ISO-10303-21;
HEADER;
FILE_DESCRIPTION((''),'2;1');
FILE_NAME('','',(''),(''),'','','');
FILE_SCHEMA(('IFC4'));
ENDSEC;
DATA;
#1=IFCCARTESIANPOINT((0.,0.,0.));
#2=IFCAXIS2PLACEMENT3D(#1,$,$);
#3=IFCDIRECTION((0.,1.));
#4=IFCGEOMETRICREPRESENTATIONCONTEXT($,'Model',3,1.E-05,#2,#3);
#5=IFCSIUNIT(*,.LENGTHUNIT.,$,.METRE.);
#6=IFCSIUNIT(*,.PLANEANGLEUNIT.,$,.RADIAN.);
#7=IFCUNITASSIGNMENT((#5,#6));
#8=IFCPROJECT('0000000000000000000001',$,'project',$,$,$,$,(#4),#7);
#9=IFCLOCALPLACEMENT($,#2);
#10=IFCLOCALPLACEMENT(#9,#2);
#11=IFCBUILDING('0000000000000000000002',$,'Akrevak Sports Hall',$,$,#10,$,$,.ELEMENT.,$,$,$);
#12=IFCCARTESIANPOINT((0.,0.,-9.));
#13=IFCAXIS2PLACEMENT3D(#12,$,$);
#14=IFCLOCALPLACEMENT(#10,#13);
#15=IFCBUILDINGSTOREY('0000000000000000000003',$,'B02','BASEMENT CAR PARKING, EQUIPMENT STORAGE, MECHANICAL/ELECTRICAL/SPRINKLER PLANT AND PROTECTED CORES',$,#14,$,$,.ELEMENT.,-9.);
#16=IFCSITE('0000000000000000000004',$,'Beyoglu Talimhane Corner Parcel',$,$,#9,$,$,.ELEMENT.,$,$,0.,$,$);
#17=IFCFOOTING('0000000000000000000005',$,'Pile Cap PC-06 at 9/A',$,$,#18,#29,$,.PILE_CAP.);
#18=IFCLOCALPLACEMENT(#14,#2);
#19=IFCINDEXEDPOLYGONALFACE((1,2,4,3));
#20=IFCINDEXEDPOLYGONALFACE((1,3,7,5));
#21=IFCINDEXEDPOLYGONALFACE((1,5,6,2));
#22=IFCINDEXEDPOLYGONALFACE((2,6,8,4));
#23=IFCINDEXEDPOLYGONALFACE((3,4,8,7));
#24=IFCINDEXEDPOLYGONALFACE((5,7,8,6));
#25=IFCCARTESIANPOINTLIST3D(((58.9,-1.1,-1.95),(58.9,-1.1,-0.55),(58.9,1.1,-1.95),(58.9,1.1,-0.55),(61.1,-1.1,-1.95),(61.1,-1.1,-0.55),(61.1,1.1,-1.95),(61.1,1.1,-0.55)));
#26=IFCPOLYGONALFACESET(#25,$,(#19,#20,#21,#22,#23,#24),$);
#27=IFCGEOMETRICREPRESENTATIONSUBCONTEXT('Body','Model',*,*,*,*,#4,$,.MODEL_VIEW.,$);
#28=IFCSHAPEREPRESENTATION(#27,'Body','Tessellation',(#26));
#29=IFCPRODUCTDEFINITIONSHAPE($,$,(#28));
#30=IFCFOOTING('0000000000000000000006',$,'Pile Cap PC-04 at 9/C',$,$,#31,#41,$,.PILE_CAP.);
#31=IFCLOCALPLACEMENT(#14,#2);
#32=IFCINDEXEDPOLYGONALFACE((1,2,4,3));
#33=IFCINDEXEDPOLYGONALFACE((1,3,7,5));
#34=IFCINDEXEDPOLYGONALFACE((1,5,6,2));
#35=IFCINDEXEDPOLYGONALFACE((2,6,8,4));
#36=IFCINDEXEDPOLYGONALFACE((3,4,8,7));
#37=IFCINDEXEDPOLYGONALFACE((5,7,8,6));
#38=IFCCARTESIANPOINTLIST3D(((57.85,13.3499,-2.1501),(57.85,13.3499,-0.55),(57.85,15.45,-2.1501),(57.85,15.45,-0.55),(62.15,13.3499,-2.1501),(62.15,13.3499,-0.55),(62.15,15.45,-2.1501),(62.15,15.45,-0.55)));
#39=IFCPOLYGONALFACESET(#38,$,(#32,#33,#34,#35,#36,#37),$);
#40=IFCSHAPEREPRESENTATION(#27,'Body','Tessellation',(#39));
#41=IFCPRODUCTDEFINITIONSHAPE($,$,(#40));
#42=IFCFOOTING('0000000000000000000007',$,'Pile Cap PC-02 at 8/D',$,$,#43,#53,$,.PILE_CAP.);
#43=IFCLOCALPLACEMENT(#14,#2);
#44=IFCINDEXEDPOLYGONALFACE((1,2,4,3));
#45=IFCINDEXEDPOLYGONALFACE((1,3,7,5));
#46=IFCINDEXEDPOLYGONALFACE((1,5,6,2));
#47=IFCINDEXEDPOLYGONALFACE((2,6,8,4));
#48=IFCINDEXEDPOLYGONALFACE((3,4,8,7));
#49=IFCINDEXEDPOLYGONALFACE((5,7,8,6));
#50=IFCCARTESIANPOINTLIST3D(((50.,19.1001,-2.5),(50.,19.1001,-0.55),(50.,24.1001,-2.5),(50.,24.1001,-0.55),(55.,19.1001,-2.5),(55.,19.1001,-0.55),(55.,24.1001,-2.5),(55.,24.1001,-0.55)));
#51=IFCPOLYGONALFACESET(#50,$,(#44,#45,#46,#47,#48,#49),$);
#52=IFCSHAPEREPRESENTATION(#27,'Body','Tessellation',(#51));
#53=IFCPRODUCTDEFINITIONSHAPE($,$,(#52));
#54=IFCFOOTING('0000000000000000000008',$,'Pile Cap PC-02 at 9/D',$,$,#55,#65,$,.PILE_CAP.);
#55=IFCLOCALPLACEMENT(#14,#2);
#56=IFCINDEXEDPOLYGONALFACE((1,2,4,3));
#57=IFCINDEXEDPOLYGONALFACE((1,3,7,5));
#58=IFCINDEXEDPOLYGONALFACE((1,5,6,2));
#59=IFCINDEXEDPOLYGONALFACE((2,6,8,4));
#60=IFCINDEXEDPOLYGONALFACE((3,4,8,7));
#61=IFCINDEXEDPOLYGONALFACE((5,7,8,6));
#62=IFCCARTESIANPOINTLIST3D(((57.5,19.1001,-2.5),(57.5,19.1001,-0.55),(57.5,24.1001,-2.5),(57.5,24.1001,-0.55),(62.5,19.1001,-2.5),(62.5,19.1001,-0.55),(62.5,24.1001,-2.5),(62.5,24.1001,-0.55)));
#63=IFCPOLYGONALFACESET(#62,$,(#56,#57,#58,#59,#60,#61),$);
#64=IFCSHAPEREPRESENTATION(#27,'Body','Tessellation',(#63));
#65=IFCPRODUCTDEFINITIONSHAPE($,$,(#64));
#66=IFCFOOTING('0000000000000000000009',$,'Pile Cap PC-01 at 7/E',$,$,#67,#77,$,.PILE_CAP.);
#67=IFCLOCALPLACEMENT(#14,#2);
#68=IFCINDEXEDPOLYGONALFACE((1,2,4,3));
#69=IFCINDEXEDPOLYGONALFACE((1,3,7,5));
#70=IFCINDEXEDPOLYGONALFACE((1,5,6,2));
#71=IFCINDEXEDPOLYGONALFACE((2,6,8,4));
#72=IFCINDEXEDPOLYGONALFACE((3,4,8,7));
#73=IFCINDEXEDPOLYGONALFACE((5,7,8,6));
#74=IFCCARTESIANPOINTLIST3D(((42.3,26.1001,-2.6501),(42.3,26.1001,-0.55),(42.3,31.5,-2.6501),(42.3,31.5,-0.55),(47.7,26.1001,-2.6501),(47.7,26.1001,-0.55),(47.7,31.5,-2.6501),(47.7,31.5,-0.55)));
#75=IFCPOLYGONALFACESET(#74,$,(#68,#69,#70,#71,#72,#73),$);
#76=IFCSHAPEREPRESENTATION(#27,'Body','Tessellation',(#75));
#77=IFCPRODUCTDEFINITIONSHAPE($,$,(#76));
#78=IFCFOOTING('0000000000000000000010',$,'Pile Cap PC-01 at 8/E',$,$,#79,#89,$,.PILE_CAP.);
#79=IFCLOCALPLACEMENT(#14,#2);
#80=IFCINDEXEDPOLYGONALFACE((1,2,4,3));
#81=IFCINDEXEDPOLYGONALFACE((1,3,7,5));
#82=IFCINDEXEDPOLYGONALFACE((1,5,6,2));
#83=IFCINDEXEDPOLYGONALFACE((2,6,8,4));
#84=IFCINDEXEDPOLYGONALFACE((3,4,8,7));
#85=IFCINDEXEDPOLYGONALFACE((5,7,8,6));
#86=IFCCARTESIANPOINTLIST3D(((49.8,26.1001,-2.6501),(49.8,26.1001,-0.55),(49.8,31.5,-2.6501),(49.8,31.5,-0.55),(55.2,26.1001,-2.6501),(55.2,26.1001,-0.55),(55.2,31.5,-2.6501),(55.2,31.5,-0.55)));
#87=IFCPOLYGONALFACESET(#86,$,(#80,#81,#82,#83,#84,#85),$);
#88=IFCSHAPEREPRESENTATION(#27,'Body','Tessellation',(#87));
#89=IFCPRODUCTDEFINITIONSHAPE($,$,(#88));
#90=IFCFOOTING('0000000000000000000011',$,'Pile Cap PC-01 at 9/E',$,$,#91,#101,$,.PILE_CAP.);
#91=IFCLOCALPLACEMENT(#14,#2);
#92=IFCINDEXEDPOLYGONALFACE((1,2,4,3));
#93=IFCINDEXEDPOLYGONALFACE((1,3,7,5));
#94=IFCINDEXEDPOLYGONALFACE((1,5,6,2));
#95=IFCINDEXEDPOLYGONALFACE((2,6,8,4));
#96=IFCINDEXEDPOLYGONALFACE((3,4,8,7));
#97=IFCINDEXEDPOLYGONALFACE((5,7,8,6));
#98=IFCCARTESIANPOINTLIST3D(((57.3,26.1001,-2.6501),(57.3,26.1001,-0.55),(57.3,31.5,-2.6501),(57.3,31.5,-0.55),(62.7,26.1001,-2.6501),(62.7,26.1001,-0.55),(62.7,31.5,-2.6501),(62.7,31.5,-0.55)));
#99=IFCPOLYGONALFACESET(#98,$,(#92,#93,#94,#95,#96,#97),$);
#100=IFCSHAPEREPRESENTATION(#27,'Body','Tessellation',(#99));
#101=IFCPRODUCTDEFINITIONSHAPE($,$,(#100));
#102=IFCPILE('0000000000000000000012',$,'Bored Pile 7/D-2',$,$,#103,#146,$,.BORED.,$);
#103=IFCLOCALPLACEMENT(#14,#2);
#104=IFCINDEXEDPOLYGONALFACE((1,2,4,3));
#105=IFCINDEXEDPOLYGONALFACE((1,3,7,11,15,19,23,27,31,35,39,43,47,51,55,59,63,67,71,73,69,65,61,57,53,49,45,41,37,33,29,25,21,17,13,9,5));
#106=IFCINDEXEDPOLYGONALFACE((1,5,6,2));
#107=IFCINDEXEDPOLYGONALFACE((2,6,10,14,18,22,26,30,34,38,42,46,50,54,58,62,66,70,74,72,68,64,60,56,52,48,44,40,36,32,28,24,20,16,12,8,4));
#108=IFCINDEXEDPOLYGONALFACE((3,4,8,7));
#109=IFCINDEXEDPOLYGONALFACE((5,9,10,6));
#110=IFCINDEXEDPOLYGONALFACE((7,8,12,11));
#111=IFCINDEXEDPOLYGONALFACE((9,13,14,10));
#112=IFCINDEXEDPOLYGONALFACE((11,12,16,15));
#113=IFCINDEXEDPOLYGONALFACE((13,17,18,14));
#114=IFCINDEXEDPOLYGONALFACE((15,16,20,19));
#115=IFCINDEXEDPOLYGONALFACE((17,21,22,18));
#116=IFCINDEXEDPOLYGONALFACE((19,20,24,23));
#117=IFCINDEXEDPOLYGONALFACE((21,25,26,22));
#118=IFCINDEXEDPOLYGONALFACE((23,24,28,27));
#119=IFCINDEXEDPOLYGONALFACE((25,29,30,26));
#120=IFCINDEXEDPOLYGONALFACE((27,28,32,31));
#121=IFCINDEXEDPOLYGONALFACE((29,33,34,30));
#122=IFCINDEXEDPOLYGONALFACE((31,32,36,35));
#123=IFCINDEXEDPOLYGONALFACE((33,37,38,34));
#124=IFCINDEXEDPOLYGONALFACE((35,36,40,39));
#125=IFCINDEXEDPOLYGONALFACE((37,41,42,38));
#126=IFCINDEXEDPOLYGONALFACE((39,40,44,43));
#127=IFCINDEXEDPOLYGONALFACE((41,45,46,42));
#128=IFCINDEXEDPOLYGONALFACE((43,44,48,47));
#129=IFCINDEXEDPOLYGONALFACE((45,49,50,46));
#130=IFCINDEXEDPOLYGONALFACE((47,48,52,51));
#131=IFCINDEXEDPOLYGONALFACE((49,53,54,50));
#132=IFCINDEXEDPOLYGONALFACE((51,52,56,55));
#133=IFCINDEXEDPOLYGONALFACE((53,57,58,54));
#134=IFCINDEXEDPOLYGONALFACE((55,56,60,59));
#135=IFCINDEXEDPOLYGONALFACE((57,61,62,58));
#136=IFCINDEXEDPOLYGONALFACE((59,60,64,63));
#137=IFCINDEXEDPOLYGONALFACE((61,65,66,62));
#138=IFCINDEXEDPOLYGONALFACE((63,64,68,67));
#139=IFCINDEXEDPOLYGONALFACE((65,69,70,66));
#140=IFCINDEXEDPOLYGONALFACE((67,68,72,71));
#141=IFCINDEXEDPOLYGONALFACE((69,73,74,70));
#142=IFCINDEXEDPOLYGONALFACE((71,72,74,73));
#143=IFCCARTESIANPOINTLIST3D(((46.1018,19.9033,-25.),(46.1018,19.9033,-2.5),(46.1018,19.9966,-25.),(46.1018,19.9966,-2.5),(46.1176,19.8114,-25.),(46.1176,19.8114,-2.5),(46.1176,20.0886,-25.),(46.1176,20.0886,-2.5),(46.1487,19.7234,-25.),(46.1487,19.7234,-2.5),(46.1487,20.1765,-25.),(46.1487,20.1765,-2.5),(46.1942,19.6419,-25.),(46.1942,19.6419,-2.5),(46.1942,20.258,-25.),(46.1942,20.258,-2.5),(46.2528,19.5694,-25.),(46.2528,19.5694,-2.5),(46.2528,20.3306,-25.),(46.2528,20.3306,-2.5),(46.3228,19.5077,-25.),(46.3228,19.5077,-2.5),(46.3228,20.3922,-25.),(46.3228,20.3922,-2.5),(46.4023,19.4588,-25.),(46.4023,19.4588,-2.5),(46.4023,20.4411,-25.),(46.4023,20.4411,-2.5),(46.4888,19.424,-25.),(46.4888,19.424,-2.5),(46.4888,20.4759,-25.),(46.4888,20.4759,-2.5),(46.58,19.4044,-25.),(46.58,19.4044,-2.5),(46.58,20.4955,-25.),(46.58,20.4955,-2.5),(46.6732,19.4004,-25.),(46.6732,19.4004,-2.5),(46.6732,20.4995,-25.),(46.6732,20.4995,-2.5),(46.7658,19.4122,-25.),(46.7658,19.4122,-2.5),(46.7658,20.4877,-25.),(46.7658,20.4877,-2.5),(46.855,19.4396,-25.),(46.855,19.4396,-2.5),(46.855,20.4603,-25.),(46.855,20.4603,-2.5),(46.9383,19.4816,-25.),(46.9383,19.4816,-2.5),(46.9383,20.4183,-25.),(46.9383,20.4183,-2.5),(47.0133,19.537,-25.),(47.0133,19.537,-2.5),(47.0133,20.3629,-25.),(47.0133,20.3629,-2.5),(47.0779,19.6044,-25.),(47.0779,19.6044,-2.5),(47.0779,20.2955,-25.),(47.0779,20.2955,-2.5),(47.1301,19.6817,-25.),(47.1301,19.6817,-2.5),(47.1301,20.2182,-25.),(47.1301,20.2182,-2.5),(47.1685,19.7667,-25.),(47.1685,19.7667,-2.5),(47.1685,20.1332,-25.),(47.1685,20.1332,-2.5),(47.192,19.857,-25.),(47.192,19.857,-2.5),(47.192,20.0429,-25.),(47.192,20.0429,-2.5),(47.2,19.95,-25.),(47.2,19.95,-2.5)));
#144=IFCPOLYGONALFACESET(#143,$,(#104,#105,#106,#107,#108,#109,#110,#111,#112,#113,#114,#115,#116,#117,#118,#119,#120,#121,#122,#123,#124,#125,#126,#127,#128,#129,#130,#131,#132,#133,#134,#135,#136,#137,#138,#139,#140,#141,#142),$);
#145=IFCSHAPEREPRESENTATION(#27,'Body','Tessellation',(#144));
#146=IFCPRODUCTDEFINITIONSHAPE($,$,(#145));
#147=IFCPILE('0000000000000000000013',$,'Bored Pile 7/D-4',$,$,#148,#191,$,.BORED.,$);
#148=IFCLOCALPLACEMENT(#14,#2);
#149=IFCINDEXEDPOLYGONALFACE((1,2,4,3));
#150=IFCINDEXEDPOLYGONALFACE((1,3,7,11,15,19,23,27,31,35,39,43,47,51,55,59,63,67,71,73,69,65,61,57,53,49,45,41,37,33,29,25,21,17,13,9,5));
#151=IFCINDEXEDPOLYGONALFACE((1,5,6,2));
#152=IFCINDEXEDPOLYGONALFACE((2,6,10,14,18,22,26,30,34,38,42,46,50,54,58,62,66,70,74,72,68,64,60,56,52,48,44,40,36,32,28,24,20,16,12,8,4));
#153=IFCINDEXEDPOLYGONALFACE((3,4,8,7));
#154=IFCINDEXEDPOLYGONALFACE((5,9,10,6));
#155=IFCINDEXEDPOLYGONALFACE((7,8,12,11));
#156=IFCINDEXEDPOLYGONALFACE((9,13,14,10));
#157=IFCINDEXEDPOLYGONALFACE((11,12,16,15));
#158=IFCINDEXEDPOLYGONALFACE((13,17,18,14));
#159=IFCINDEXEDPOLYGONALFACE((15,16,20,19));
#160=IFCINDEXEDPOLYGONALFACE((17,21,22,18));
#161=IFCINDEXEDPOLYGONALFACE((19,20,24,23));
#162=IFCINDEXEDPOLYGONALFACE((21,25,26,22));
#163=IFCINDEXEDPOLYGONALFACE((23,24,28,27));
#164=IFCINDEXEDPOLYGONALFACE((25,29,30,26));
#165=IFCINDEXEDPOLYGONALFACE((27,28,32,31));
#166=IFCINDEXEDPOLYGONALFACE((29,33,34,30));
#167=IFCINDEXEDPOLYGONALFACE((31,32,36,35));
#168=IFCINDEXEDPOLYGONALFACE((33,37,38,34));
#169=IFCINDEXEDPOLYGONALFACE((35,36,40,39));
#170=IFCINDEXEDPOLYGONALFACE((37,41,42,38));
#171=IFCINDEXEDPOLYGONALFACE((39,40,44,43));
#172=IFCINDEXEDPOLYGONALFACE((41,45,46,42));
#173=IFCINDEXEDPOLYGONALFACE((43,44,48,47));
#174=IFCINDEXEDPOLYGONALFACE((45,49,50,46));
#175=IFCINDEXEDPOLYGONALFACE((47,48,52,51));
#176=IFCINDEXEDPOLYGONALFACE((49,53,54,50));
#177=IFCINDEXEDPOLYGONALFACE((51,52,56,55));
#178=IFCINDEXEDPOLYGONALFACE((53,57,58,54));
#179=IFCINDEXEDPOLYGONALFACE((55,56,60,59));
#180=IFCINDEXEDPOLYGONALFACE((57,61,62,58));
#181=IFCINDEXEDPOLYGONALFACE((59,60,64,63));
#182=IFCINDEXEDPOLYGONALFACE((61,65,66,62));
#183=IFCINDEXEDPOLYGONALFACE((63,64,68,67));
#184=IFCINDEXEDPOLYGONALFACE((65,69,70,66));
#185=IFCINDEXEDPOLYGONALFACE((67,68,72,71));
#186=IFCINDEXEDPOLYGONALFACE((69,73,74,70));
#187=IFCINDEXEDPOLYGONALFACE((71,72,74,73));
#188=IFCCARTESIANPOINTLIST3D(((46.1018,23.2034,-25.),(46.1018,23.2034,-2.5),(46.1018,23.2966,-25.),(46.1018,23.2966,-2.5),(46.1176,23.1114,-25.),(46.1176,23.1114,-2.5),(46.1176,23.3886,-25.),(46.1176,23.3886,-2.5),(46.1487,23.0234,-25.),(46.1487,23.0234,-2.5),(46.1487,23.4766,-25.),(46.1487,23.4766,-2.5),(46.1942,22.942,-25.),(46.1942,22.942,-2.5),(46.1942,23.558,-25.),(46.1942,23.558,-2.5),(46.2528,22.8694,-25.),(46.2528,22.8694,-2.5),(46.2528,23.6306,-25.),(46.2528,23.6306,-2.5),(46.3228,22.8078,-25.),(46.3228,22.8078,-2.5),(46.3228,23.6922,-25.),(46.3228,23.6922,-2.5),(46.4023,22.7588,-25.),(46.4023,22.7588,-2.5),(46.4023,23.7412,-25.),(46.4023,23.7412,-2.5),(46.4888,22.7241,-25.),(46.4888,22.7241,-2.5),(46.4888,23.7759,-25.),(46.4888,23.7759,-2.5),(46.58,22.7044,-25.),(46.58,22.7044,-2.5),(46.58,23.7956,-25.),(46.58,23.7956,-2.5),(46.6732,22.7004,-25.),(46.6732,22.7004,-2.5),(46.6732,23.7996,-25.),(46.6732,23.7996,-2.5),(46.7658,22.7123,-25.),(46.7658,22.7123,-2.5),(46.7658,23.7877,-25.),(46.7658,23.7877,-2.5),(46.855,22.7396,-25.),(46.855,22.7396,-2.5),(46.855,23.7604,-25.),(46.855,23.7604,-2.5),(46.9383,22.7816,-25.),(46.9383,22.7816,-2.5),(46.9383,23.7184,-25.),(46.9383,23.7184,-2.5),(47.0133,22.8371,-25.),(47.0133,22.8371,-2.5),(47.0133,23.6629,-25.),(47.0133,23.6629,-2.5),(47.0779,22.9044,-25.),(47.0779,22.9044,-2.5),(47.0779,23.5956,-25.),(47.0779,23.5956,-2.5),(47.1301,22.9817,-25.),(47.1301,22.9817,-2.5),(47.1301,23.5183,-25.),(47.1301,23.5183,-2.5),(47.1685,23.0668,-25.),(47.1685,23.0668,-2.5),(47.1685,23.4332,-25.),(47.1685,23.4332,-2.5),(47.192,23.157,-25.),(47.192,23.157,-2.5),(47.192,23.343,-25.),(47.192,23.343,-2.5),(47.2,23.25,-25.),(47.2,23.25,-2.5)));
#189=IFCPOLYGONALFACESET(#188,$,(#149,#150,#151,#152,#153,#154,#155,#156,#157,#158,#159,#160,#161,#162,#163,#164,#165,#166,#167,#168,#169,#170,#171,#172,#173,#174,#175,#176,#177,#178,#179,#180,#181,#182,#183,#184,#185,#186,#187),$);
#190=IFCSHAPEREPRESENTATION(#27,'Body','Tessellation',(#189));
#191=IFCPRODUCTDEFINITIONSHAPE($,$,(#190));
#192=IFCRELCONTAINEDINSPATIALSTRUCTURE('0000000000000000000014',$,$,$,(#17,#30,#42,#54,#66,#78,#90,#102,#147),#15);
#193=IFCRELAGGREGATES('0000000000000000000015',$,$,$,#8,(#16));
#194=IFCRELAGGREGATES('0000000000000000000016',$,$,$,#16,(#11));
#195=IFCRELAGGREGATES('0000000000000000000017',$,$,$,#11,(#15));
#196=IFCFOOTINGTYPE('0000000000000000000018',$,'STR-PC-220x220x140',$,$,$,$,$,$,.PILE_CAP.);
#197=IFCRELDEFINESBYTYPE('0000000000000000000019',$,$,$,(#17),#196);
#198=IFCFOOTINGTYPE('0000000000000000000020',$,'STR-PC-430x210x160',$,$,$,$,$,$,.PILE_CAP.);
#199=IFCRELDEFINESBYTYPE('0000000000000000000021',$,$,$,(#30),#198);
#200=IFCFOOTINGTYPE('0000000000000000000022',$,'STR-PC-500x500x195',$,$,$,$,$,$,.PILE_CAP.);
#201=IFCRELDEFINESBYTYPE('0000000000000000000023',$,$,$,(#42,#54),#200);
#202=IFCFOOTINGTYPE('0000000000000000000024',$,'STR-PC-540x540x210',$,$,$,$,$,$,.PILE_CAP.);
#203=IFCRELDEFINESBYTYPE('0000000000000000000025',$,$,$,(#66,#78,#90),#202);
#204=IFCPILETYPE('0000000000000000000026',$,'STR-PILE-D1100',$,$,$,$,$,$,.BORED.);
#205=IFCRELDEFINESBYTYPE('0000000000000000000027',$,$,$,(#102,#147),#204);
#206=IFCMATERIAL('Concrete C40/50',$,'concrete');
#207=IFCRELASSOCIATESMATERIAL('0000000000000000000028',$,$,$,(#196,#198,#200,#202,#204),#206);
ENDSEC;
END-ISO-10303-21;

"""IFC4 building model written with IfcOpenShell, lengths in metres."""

from ifc_helpers import new_model, si_unit, direction, frame, origin, origin_2d, place, context, subcontext, project, spatial, rectangle, circle, extrude, material, material_profile, profile_set, type_object, element, save


model = new_model("IFC4")

# Units and contexts
model_context = context("Model", 3, precision=1e-05, world=origin(), true_north=direction((0.0, 1.0)))
body_context = subcontext(model_context, "Body", "Model", "MODEL_VIEW")
ifc_project = project(units=[si_unit("LENGTHUNIT", "METRE"), si_unit("PLANEANGLEUNIT", "RADIAN")], contexts=[model_context])

# Site, building, storey
site_placement = place(None, origin())
site = spatial("IfcSite", under=ifc_project, at=site_placement, Name="Beyoglu Talimhane Corner Parcel", CompositionType="ELEMENT", RefElevation=0.0)
building_placement = place(site_placement, origin())
building = spatial("IfcBuilding", under=site, at=building_placement, Name="Akrevak Sports Hall", CompositionType="ELEMENT")
storey_placement = place(building_placement, frame((0.0, 0.0, -9.0)))
storey = spatial("IfcBuildingStorey", under=building, at=storey_placement, Name="B02", Description="BASEMENT CAR PARKING, EQUIPMENT STORAGE, MECHANICAL/ELECTRICAL/SPRINKLER PLANT AND PROTECTED CORES", CompositionType="ELEMENT", Elevation=-9.0)

# Footings
ifc_material_1 = material(Name="Concrete C40/50", Category="concrete")
footing_type_1 = type_object("IfcFootingType", Name="STR-PC-220x220x140", PredefinedType="PILE_CAP", material=ifc_material_1)
footing_1_placement = place(storey_placement, frame((60.0, 0.0, -1.95), z_axis=(0.0, 0.0, 1.0), x_axis=(1.0, 0.0, 0.0)))
element("IfcFooting", 1, at=footing_1_placement, inside=storey, type_object=footing_type_1, Name="Pile Cap PC-06 at 9/A", PredefinedType="PILE_CAP", context=body_context, shape_type="SweptSolid", body=[
    extrude(rectangle(XDim=2.2, YDim=2.2, at=origin_2d()), origin(), (0.0, 0.0, 1.0), 1.3999),
])
footing_type_2 = type_object("IfcFootingType", Name="STR-PC-430x210x160", PredefinedType="PILE_CAP", material=ifc_material_1)
footing_2_placement = place(storey_placement, frame((60.0, 14.3999, -2.1501), z_axis=(0.0, 0.0, 1.0), x_axis=(1.0, 0.0, 0.0)))
element("IfcFooting", 2, at=footing_2_placement, inside=storey, type_object=footing_type_2, Name="Pile Cap PC-04 at 9/C", PredefinedType="PILE_CAP", context=body_context, shape_type="SweptSolid", body=[
    extrude(rectangle(XDim=4.3, YDim=2.1001, at=origin_2d()), origin(), (0.0, 0.0, 1.0), 1.6001),
])
footing_type_3 = type_object("IfcFootingType", Name="STR-PC-500x500x195", PredefinedType="PILE_CAP", material=ifc_material_1)
for number, where, z_axis, x_axis, name in (
    (3, (52.5, 21.6001, -2.5), (0.0, 0.0, 1.0), (1.0, 0.0, 0.0), "Pile Cap PC-02 at 8/D"),
    (4, (60.0, 21.6001, -2.5), (0.0, 0.0, 1.0), (1.0, 0.0, 0.0), "Pile Cap PC-02 at 9/D"),
):
    element("IfcFooting", number, at=place(storey_placement, frame(where, z_axis=z_axis, x_axis=x_axis)), inside=storey, type_object=footing_type_3, Name=name, PredefinedType="PILE_CAP", context=body_context, shape_type="SweptSolid", body=[
        extrude(rectangle(XDim=5.0, YDim=5.0, at=origin_2d()), origin(), (0.0, 0.0, 1.0), 1.95),
    ])
footing_type_4 = type_object("IfcFootingType", Name="STR-PC-540x540x210", PredefinedType="PILE_CAP", material=ifc_material_1)
for number, where, z_axis, x_axis, name in (
    (5, (45.0, 28.8, -2.6501), (0.0, 0.0, 1.0), (1.0, 0.0, 0.0), "Pile Cap PC-01 at 7/E"),
    (6, (52.5, 28.8, -2.6501), (0.0, 0.0, 1.0), (1.0, 0.0, 0.0), "Pile Cap PC-01 at 8/E"),
    (7, (60.0, 28.8, -2.6501), (0.0, 0.0, 1.0), (1.0, 0.0, 0.0), "Pile Cap PC-01 at 9/E"),
):
    element("IfcFooting", number, at=place(storey_placement, frame(where, z_axis=z_axis, x_axis=x_axis)), inside=storey, type_object=footing_type_4, Name=name, PredefinedType="PILE_CAP", context=body_context, shape_type="SweptSolid", body=[
        extrude(rectangle(XDim=5.3999, YDim=5.3999, at=origin_2d()), origin(), (0.0, 0.0, 1.0), 2.1001),
    ])

# Piles
ifc_material_profile_1 = material_profile(ifc_material_1, circle(Radius=0.55, at=origin_2d()), Name="BORED PILE D1100", Category="concrete")
ifc_profile_set_1 = profile_set([ifc_material_profile_1], Name="Concrete C40/50")
pile_type_1 = type_object("IfcPileType", Name="STR-PILE-D1100", PredefinedType="BORED", material=ifc_profile_set_1)
for number, where, z_axis, x_axis, name in (
    (8, (46.6499, 19.95, -2.5), (0.0, 0.0, -1.0), (1.0, 0.0, 0.0), "Bored Pile 7/D-2"),
    (9, (46.6499, 23.25, -2.5), (0.0, 0.0, -1.0), (1.0, 0.0, 0.0), "Bored Pile 7/D-4"),
):
    element("IfcPile", number, at=place(storey_placement, frame(where, z_axis=z_axis, x_axis=x_axis)), inside=storey, type_object=pile_type_1, Name=name, PredefinedType="BORED", context=body_context, shape_type="SweptSolid", body=[
        extrude(circle(Radius=0.55, at=origin_2d()), origin(), (0.0, 0.0, 1.0), 22.5),
    ])

save(model, "model.ifc")
